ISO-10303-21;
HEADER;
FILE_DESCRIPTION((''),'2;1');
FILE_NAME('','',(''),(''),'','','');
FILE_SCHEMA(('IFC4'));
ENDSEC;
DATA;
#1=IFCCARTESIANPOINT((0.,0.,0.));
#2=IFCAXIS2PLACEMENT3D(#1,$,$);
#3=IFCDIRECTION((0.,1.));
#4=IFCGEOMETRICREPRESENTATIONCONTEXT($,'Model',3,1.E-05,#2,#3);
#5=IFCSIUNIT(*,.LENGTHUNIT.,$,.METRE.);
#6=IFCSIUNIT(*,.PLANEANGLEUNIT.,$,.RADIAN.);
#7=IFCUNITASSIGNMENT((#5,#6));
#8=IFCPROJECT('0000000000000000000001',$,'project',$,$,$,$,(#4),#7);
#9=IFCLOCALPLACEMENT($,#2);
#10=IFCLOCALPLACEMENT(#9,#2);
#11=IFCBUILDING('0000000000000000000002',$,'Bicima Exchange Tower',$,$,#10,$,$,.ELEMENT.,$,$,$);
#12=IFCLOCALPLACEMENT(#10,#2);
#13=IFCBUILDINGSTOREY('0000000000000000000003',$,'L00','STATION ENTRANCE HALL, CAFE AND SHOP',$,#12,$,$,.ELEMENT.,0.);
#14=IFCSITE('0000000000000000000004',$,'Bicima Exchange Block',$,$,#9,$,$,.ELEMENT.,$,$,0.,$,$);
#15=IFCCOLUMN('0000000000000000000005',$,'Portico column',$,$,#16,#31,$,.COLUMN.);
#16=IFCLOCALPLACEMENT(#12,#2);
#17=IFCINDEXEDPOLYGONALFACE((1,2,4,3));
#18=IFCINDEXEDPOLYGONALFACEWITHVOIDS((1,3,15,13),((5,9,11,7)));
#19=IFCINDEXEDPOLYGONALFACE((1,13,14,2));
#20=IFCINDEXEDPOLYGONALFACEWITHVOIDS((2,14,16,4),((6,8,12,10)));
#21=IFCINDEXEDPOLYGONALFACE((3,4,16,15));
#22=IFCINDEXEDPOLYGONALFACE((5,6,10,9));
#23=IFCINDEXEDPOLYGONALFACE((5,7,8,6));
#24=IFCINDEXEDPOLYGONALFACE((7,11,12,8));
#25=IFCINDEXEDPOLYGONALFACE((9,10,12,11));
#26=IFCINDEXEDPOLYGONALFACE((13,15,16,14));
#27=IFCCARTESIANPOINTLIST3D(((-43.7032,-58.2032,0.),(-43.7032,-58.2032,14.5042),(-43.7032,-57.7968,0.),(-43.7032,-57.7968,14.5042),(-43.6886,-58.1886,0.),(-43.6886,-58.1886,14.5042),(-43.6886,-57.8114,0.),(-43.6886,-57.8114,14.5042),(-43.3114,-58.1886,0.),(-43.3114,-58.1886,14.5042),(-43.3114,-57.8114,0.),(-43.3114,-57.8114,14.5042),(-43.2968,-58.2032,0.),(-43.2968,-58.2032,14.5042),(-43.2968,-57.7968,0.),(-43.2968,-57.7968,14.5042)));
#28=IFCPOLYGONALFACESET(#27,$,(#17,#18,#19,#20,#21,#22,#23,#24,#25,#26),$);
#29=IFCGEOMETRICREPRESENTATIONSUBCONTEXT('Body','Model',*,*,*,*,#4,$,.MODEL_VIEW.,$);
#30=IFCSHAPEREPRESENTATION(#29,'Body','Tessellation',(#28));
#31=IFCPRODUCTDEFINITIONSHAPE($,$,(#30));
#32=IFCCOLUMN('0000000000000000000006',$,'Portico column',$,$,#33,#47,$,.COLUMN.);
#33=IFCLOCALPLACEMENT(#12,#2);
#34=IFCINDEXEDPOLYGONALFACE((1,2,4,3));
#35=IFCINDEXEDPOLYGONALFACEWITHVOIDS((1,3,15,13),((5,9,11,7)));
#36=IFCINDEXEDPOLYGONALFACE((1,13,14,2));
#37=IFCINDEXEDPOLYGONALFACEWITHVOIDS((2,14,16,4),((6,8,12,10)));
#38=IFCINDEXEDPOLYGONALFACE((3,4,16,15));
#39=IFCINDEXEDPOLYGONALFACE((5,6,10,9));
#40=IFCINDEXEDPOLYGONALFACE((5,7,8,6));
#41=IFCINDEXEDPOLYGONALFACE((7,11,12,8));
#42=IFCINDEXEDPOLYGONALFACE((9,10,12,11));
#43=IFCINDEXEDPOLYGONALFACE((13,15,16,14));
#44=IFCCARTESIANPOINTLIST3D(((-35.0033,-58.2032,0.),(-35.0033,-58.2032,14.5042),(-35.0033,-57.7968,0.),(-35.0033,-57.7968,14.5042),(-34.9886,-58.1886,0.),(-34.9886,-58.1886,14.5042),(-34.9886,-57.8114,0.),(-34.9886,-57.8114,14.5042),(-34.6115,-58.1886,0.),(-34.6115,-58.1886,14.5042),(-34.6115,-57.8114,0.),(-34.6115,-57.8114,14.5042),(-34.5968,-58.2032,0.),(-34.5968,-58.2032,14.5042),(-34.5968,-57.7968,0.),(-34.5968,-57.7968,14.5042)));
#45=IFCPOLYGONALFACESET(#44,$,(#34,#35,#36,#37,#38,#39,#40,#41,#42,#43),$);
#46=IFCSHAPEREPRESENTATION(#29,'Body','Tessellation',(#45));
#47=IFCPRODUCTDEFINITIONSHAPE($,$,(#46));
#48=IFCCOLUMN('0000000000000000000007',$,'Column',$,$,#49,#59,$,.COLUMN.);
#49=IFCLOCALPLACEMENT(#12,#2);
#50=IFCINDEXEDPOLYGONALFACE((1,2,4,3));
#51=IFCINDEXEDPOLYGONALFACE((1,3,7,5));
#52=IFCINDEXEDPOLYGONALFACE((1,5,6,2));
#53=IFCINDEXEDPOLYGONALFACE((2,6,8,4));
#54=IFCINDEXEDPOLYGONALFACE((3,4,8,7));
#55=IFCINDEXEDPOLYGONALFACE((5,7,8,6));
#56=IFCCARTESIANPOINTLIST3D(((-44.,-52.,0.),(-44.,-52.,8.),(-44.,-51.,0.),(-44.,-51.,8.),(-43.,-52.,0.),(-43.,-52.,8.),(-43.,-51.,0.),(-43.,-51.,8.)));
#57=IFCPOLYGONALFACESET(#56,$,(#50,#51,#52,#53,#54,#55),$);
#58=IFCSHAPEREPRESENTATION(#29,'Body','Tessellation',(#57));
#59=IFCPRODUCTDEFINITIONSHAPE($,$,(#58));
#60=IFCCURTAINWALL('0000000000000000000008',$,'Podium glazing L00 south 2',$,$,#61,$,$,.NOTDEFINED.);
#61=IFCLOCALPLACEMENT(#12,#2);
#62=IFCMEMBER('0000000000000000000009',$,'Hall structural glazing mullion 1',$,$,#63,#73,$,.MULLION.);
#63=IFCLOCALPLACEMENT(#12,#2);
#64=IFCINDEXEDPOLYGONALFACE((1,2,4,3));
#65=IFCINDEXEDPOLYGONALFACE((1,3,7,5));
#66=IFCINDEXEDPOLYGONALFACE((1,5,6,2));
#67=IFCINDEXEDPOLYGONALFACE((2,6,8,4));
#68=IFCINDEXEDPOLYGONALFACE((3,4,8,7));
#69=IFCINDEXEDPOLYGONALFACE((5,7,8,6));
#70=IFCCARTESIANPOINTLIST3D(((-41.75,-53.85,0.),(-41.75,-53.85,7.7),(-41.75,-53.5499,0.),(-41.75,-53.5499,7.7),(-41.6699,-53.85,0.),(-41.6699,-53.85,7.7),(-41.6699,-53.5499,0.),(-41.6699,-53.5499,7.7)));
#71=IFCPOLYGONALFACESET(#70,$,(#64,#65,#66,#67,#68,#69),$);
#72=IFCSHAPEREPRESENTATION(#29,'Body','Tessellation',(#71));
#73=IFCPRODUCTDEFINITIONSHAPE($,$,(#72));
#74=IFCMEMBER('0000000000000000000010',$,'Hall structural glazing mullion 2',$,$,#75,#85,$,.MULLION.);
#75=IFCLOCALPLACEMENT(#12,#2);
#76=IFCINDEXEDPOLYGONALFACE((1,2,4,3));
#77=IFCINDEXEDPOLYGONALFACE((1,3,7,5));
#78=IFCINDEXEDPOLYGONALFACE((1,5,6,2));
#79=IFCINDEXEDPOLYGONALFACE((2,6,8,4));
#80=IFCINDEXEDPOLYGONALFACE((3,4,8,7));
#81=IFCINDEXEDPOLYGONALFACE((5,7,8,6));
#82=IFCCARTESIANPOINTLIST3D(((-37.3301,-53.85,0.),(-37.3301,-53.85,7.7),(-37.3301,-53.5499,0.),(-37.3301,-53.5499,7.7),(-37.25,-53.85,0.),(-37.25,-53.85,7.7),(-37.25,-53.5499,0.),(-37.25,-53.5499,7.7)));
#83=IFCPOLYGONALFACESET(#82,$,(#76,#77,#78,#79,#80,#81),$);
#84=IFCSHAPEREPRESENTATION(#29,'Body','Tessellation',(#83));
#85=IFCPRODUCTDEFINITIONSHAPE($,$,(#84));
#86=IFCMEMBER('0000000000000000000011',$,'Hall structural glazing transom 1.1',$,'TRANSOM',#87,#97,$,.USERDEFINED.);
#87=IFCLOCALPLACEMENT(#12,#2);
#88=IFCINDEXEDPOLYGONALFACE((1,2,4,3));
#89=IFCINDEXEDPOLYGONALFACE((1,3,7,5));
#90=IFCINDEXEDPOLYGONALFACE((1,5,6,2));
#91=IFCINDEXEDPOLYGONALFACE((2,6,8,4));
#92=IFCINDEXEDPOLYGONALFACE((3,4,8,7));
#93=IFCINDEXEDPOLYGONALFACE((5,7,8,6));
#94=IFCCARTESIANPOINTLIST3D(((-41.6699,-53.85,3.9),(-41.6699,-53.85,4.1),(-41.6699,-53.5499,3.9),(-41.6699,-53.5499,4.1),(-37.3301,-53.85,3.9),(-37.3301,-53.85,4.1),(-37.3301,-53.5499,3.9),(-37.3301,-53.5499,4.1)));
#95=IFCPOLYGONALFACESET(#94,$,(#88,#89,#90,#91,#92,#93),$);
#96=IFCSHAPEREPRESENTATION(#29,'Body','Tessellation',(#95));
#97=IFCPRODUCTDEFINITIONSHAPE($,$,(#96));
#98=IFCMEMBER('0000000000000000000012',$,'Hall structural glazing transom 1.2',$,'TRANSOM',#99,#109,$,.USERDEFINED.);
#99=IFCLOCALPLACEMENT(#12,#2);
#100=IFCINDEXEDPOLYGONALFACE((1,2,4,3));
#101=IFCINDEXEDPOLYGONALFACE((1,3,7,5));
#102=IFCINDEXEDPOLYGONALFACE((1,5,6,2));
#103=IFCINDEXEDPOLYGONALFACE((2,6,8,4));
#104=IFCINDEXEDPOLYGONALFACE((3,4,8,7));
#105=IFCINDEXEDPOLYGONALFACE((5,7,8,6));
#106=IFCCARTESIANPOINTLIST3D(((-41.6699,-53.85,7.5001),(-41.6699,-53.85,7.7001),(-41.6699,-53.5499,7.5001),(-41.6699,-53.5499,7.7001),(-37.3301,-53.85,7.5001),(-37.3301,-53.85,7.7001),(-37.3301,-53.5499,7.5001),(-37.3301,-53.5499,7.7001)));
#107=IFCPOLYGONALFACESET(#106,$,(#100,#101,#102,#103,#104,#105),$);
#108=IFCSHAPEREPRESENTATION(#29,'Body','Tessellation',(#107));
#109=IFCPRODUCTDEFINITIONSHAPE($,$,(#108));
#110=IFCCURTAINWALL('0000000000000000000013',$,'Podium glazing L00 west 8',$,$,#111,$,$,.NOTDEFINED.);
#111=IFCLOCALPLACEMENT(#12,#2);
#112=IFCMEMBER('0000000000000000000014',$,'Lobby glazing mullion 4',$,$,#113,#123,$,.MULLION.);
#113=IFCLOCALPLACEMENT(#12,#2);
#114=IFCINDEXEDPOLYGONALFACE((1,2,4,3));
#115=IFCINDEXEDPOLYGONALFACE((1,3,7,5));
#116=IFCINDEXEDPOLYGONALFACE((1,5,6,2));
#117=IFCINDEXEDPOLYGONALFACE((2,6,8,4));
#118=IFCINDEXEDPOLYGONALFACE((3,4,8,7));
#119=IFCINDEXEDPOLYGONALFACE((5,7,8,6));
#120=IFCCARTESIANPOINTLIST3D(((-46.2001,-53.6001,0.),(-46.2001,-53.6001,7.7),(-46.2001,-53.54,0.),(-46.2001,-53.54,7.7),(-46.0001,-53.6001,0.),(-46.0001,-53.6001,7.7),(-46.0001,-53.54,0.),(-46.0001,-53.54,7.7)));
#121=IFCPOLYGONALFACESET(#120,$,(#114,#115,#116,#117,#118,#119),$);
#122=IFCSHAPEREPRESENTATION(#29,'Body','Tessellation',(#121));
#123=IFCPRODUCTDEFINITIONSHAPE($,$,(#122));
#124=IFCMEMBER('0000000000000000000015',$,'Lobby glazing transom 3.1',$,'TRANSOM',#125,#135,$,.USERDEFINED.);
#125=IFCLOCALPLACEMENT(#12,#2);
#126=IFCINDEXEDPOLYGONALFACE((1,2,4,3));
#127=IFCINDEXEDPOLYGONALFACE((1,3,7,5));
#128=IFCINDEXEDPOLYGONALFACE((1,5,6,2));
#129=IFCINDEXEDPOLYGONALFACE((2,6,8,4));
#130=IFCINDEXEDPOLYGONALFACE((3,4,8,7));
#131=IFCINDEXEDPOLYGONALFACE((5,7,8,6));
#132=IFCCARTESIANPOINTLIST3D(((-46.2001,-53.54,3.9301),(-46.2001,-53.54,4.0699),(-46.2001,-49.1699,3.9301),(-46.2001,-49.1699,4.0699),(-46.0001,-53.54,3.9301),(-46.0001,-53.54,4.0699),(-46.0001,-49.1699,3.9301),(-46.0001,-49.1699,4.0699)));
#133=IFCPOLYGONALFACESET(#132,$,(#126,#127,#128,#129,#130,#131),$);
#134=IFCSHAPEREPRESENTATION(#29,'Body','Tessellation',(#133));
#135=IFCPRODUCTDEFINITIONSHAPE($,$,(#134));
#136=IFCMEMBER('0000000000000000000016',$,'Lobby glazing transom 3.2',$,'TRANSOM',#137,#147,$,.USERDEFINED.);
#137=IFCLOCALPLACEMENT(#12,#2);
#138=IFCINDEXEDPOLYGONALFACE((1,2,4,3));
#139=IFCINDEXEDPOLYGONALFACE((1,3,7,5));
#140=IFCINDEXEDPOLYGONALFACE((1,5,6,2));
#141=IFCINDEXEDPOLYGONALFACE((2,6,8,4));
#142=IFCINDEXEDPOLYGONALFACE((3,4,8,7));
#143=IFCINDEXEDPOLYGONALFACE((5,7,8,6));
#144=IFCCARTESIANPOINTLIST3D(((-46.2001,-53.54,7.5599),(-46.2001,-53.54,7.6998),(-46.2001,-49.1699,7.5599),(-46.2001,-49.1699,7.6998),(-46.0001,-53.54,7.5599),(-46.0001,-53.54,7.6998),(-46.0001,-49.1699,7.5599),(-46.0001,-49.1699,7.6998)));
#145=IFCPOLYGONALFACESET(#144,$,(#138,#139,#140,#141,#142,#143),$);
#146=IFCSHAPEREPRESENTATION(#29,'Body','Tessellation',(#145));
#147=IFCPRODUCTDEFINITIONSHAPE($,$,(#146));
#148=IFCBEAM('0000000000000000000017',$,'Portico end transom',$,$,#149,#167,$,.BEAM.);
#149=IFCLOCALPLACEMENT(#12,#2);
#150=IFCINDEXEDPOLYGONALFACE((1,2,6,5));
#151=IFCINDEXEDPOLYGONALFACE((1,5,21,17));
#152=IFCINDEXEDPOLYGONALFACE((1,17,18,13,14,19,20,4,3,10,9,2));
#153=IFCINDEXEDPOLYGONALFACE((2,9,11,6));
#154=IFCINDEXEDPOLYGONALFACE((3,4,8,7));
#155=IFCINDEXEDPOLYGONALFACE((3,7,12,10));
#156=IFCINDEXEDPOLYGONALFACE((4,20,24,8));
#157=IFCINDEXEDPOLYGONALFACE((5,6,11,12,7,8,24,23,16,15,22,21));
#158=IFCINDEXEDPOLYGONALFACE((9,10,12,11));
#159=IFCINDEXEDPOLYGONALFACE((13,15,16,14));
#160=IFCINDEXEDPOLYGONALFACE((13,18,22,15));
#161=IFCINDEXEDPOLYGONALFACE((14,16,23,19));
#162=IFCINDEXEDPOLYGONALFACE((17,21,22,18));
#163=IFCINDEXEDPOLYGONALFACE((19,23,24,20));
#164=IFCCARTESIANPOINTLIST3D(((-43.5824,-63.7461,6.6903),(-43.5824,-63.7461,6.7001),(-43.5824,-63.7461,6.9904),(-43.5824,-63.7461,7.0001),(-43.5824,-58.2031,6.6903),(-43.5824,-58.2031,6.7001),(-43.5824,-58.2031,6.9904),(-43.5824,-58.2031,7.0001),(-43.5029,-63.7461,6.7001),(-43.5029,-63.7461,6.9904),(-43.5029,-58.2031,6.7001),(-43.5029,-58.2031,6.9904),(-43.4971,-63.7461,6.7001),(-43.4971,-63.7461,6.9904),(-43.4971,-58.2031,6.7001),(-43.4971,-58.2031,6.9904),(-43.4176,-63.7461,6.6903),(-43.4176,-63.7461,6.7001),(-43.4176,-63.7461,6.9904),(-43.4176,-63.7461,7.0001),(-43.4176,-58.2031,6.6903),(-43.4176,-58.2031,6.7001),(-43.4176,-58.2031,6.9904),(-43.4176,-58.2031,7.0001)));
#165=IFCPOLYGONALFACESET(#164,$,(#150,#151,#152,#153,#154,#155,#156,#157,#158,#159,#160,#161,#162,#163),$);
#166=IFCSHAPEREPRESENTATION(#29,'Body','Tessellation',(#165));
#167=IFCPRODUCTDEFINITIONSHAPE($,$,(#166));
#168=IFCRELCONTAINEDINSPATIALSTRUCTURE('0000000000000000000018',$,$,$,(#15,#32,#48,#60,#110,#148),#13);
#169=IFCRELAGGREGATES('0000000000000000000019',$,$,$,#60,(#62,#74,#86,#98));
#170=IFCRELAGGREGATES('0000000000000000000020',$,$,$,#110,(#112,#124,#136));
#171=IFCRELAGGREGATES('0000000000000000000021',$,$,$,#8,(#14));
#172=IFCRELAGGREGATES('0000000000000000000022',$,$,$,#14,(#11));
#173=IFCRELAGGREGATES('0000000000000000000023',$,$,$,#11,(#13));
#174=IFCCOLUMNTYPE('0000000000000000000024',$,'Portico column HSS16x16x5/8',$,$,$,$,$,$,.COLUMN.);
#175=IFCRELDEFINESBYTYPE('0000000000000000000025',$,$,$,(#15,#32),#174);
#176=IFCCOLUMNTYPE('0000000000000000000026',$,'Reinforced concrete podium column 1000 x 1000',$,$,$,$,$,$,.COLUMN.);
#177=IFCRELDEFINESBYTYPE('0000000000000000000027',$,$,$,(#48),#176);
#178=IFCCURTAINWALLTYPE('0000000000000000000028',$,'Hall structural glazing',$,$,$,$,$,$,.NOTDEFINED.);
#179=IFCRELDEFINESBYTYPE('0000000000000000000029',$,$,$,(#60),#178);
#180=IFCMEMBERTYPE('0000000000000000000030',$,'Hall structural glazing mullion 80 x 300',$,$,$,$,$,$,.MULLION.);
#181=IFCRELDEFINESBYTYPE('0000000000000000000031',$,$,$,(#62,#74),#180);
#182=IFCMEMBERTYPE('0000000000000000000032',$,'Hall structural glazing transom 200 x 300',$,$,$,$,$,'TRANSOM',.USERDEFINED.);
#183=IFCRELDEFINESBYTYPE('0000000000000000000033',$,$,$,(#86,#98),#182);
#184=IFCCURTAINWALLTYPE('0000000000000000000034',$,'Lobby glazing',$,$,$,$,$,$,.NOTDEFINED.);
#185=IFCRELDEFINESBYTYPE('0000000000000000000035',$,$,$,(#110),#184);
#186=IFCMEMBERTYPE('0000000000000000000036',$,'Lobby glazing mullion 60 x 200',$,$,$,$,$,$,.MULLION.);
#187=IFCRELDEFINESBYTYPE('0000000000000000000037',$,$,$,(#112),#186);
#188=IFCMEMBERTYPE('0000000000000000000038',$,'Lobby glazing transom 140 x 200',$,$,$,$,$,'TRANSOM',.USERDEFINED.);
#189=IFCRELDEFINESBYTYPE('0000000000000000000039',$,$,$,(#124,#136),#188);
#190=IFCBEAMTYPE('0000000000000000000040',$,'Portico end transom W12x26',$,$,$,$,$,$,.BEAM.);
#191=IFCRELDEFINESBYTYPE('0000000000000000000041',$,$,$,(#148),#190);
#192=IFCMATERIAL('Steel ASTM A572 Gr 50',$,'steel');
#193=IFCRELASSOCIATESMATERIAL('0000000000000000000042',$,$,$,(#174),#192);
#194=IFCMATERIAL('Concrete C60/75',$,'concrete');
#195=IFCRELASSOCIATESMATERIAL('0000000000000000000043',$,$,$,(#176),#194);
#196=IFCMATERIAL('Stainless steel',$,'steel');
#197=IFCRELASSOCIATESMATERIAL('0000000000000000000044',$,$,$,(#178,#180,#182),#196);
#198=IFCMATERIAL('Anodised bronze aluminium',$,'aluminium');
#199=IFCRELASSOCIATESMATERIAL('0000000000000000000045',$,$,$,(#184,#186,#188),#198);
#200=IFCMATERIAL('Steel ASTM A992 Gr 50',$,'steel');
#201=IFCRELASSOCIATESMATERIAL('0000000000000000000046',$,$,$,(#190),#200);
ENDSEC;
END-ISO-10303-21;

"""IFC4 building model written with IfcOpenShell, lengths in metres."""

from ifc_helpers import new_model, si_unit, direction, frame, origin, origin_2d, place, context, subcontext, project, spatial, rectangle, hollow_rectangle, i_section, extrude, material, material_profile, profile_set, type_object, element, aggregate, save


model = new_model("IFC4")

# Units and contexts
model_context = context("Model", 3, precision=1e-05, world=origin(), true_north=direction((0.0, 1.0)))
body_context = subcontext(model_context, "Body", "Model", "MODEL_VIEW")
ifc_project = project(units=[si_unit("LENGTHUNIT", "METRE"), si_unit("PLANEANGLEUNIT", "RADIAN")], contexts=[model_context])

# Site, building, storey
site_placement = place(None, origin())
site = spatial("IfcSite", under=ifc_project, at=site_placement, Name="Bicima Exchange Block", CompositionType="ELEMENT", RefElevation=0.0)
building_placement = place(site_placement, origin())
building = spatial("IfcBuilding", under=site, at=building_placement, Name="Bicima Exchange Tower", CompositionType="ELEMENT")
storey_placement = place(building_placement, origin())
storey = spatial("IfcBuildingStorey", under=building, at=storey_placement, Name="L00", Description="STATION ENTRANCE HALL, CAFE AND SHOP", CompositionType="ELEMENT", Elevation=0.0)

# Columns
ifc_material_1 = material(Name="Steel ASTM A572 Gr 50", Category="steel")
ifc_material_profile_1 = material_profile(ifc_material_1, hollow_rectangle(XDim=0.4065, YDim=0.4065, WallThickness=0.0146, at=origin_2d()))
ifc_profile_set_1 = profile_set([ifc_material_profile_1], Name="Steel ASTM A572 Gr 50")
column_type_1 = type_object("IfcColumnType", Name="Portico column HSS16x16x5/8", PredefinedType="COLUMN", material=ifc_profile_set_1)
for number, where, z_axis, x_axis, name in (
    (1, (-43.5, -58.0, 0.0), (0.0, 0.0, 1.0), (1.0, 0.0, 0.0), "Portico column"),
    (2, (-34.8, -58.0, 0.0), (0.0, 0.0, 1.0), (1.0, 0.0, 0.0), "Portico column"),
):
    element("IfcColumn", number, at=place(storey_placement, frame(where, z_axis=z_axis, x_axis=x_axis)), inside=storey, type_object=column_type_1, Name=name, PredefinedType="COLUMN", context=body_context, shape_type="SweptSolid", body=[
        extrude(hollow_rectangle(XDim=0.4065, YDim=0.4065, WallThickness=0.0146, at=origin_2d()), origin(), (0.0, 0.0, 1.0), 14.5042),
    ])
ifc_material_2 = material(Name="Concrete C60/75", Category="concrete")
ifc_material_profile_2 = material_profile(ifc_material_2, rectangle(XDim=1.0, YDim=1.0, at=origin_2d()))
ifc_profile_set_2 = profile_set([ifc_material_profile_2], Name="Concrete C60/75")
column_type_2 = type_object("IfcColumnType", Name="Reinforced concrete podium column 1000 x 1000", PredefinedType="COLUMN", material=ifc_profile_set_2)
column_placement = place(storey_placement, frame((-43.5, -51.5, 0.0), z_axis=(0.0, 0.0, 1.0), x_axis=(1.0, 0.0, 0.0)))
element("IfcColumn", 3, at=column_placement, inside=storey, type_object=column_type_2, Name="Column", PredefinedType="COLUMN", context=body_context, shape_type="SweptSolid", body=[
    extrude(rectangle(XDim=1.0, YDim=1.0, at=origin_2d()), origin(), (0.0, 0.0, 1.0), 8.0),
])

# Curtain walls, members
ifc_material_3 = material(Name="Stainless steel", Category="steel")
curtain_wall_type_1 = type_object("IfcCurtainWallType", Name="Hall structural glazing", PredefinedType="NOTDEFINED", material=ifc_material_3)
curtain_wall_1_placement = place(storey_placement, origin())
curtain_wall_1 = element("IfcCurtainWall", 4, at=curtain_wall_1_placement, inside=storey, type_object=curtain_wall_type_1, Name="Podium glazing L00 south 2", PredefinedType="NOTDEFINED")
ifc_material_profile_3 = material_profile(ifc_material_3, rectangle(XDim=0.3, YDim=0.0801, at=origin_2d()))
ifc_profile_set_3 = profile_set([ifc_material_profile_3], Name="Stainless steel")
member_type_1 = type_object("IfcMemberType", Name="Hall structural glazing mullion 80 x 300", PredefinedType="MULLION", material=ifc_profile_set_3)
member_1_placement = place(storey_placement, frame((-41.71, -53.7, 0.0), z_axis=(0.0, 0.0, 1.0), x_axis=(0.0, 1.0, 0.0)))
member_1 = element("IfcMember", 5, at=member_1_placement, type_object=member_type_1, Name="Hall structural glazing mullion 1", PredefinedType="MULLION", context=body_context, shape_type="SweptSolid", body=[
    extrude(rectangle(XDim=0.3, YDim=0.0801, at=origin_2d()), origin(), (0.0, 0.0, 1.0), 7.7),
])
member_2_placement = place(storey_placement, frame((-37.29, -53.7, 0.0), z_axis=(0.0, 0.0, 1.0), x_axis=(0.0, 1.0, 0.0)))
member_2 = element("IfcMember", 6, at=member_2_placement, type_object=member_type_1, Name="Hall structural glazing mullion 2", PredefinedType="MULLION", context=body_context, shape_type="SweptSolid", body=[
    extrude(rectangle(XDim=0.3, YDim=0.0801, at=origin_2d()), origin(), (0.0, 0.0, 1.0), 7.7),
])
ifc_material_profile_4 = material_profile(ifc_material_3, rectangle(XDim=0.3, YDim=0.2, at=origin_2d()))
ifc_profile_set_4 = profile_set([ifc_material_profile_4], Name="Stainless steel")
member_type_2 = type_object("IfcMemberType", Name="Hall structural glazing transom 200 x 300", ElementType="TRANSOM", PredefinedType="USERDEFINED", material=ifc_profile_set_4)
member_3_placement = place(storey_placement, frame((-41.6699, -53.7, 4.0), z_axis=(1.0, 0.0, 0.0), x_axis=(0.0, 1.0, 0.0)))
member_3 = element("IfcMember", 7, at=member_3_placement, type_object=member_type_2, Name="Hall structural glazing transom 1.1", ObjectType="TRANSOM", PredefinedType="USERDEFINED", context=body_context, shape_type="SweptSolid", body=[
    extrude(rectangle(XDim=0.3, YDim=0.2, at=origin_2d()), origin(), (0.0, 0.0, 1.0), 4.3398),
])
member_4_placement = place(storey_placement, frame((-41.6699, -53.7, 7.6001), z_axis=(1.0, 0.0, 0.0), x_axis=(0.0, 1.0, 0.0)))
member_4 = element("IfcMember", 8, at=member_4_placement, type_object=member_type_2, Name="Hall structural glazing transom 1.2", ObjectType="TRANSOM", PredefinedType="USERDEFINED", context=body_context, shape_type="SweptSolid", body=[
    extrude(rectangle(XDim=0.3, YDim=0.2, at=origin_2d()), origin(), (0.0, 0.0, 1.0), 4.3398),
])
ifc_material_4 = material(Name="Anodised bronze aluminium", Category="aluminium")
curtain_wall_type_2 = type_object("IfcCurtainWallType", Name="Lobby glazing", PredefinedType="NOTDEFINED", material=ifc_material_4)
curtain_wall_2_placement = place(storey_placement, origin())
curtain_wall_2 = element("IfcCurtainWall", 9, at=curtain_wall_2_placement, inside=storey, type_object=curtain_wall_type_2, Name="Podium glazing L00 west 8", PredefinedType="NOTDEFINED")
ifc_material_profile_5 = material_profile(ifc_material_4, rectangle(XDim=0.2, YDim=0.0601, at=origin_2d()))
ifc_profile_set_5 = profile_set([ifc_material_profile_5], Name="Anodised bronze aluminium")
member_type_3 = type_object("IfcMemberType", Name="Lobby glazing mullion 60 x 200", PredefinedType="MULLION", material=ifc_profile_set_5)
member_5_placement = place(storey_placement, frame((-46.1001, -53.5701, 0.0), z_axis=(0.0, 0.0, 1.0), x_axis=(1.0, 0.0, 0.0)))
member_5 = element("IfcMember", 10, at=member_5_placement, type_object=member_type_3, Name="Lobby glazing mullion 4", PredefinedType="MULLION", context=body_context, shape_type="SweptSolid", body=[
    extrude(rectangle(XDim=0.2, YDim=0.0601, at=origin_2d()), origin(), (0.0, 0.0, 1.0), 7.7),
])
ifc_material_profile_6 = material_profile(ifc_material_4, rectangle(XDim=0.2, YDim=0.1399, at=origin_2d()))
ifc_profile_set_6 = profile_set([ifc_material_profile_6], Name="Anodised bronze aluminium")
member_type_4 = type_object("IfcMemberType", Name="Lobby glazing transom 140 x 200", ElementType="TRANSOM", PredefinedType="USERDEFINED", material=ifc_profile_set_6)
member_6_placement = place(storey_placement, frame((-46.1001, -49.1699, 4.0), z_axis=(0.0, -1.0, 0.0), x_axis=(1.0, 0.0, 0.0)))
member_6 = element("IfcMember", 11, at=member_6_placement, type_object=member_type_4, Name="Lobby glazing transom 3.1", ObjectType="TRANSOM", PredefinedType="USERDEFINED", context=body_context, shape_type="SweptSolid", body=[
    extrude(rectangle(XDim=0.2, YDim=0.1399, at=origin_2d()), origin(), (0.0, 0.0, 1.0), 4.3701),
])
member_7_placement = place(storey_placement, frame((-46.1001, -49.1699, 7.6299), z_axis=(0.0, -1.0, 0.0), x_axis=(1.0, 0.0, 0.0)))
member_7 = element("IfcMember", 12, at=member_7_placement, type_object=member_type_4, Name="Lobby glazing transom 3.2", ObjectType="TRANSOM", PredefinedType="USERDEFINED", context=body_context, shape_type="SweptSolid", body=[
    extrude(rectangle(XDim=0.2, YDim=0.1399, at=origin_2d()), origin(), (0.0, 0.0, 1.0), 4.3701),
])

# Beam
ifc_material_5 = material(Name="Steel ASTM A992 Gr 50", Category="steel")
ifc_material_profile_7 = material_profile(ifc_material_5, i_section(OverallWidth=0.1648, OverallDepth=0.3098, WebThickness=0.0059, FlangeThickness=0.0098, at=origin_2d()))
ifc_profile_set_7 = profile_set([ifc_material_profile_7], Name="Steel ASTM A992 Gr 50")
beam_type_1 = type_object("IfcBeamType", Name="Portico end transom W12x26", PredefinedType="BEAM", material=ifc_profile_set_7)
beam_placement = place(storey_placement, frame((-43.5, -58.2031, 6.8452), z_axis=(0.0, -1.0, 0.0), x_axis=(1.0, 0.0, 0.0)))
element("IfcBeam", 13, at=beam_placement, inside=storey, type_object=beam_type_1, Name="Portico end transom", PredefinedType="BEAM", context=body_context, shape_type="SweptSolid", body=[
    extrude(i_section(OverallWidth=0.1648, OverallDepth=0.3098, WebThickness=0.0059, FlangeThickness=0.0098, at=origin_2d()), origin(), (0.0, 0.0, 1.0), 5.543),
])

aggregate(curtain_wall_1, [member_1, member_2, member_3, member_4])
aggregate(curtain_wall_2, [member_5, member_6, member_7])

save(model, "model.ifc")
